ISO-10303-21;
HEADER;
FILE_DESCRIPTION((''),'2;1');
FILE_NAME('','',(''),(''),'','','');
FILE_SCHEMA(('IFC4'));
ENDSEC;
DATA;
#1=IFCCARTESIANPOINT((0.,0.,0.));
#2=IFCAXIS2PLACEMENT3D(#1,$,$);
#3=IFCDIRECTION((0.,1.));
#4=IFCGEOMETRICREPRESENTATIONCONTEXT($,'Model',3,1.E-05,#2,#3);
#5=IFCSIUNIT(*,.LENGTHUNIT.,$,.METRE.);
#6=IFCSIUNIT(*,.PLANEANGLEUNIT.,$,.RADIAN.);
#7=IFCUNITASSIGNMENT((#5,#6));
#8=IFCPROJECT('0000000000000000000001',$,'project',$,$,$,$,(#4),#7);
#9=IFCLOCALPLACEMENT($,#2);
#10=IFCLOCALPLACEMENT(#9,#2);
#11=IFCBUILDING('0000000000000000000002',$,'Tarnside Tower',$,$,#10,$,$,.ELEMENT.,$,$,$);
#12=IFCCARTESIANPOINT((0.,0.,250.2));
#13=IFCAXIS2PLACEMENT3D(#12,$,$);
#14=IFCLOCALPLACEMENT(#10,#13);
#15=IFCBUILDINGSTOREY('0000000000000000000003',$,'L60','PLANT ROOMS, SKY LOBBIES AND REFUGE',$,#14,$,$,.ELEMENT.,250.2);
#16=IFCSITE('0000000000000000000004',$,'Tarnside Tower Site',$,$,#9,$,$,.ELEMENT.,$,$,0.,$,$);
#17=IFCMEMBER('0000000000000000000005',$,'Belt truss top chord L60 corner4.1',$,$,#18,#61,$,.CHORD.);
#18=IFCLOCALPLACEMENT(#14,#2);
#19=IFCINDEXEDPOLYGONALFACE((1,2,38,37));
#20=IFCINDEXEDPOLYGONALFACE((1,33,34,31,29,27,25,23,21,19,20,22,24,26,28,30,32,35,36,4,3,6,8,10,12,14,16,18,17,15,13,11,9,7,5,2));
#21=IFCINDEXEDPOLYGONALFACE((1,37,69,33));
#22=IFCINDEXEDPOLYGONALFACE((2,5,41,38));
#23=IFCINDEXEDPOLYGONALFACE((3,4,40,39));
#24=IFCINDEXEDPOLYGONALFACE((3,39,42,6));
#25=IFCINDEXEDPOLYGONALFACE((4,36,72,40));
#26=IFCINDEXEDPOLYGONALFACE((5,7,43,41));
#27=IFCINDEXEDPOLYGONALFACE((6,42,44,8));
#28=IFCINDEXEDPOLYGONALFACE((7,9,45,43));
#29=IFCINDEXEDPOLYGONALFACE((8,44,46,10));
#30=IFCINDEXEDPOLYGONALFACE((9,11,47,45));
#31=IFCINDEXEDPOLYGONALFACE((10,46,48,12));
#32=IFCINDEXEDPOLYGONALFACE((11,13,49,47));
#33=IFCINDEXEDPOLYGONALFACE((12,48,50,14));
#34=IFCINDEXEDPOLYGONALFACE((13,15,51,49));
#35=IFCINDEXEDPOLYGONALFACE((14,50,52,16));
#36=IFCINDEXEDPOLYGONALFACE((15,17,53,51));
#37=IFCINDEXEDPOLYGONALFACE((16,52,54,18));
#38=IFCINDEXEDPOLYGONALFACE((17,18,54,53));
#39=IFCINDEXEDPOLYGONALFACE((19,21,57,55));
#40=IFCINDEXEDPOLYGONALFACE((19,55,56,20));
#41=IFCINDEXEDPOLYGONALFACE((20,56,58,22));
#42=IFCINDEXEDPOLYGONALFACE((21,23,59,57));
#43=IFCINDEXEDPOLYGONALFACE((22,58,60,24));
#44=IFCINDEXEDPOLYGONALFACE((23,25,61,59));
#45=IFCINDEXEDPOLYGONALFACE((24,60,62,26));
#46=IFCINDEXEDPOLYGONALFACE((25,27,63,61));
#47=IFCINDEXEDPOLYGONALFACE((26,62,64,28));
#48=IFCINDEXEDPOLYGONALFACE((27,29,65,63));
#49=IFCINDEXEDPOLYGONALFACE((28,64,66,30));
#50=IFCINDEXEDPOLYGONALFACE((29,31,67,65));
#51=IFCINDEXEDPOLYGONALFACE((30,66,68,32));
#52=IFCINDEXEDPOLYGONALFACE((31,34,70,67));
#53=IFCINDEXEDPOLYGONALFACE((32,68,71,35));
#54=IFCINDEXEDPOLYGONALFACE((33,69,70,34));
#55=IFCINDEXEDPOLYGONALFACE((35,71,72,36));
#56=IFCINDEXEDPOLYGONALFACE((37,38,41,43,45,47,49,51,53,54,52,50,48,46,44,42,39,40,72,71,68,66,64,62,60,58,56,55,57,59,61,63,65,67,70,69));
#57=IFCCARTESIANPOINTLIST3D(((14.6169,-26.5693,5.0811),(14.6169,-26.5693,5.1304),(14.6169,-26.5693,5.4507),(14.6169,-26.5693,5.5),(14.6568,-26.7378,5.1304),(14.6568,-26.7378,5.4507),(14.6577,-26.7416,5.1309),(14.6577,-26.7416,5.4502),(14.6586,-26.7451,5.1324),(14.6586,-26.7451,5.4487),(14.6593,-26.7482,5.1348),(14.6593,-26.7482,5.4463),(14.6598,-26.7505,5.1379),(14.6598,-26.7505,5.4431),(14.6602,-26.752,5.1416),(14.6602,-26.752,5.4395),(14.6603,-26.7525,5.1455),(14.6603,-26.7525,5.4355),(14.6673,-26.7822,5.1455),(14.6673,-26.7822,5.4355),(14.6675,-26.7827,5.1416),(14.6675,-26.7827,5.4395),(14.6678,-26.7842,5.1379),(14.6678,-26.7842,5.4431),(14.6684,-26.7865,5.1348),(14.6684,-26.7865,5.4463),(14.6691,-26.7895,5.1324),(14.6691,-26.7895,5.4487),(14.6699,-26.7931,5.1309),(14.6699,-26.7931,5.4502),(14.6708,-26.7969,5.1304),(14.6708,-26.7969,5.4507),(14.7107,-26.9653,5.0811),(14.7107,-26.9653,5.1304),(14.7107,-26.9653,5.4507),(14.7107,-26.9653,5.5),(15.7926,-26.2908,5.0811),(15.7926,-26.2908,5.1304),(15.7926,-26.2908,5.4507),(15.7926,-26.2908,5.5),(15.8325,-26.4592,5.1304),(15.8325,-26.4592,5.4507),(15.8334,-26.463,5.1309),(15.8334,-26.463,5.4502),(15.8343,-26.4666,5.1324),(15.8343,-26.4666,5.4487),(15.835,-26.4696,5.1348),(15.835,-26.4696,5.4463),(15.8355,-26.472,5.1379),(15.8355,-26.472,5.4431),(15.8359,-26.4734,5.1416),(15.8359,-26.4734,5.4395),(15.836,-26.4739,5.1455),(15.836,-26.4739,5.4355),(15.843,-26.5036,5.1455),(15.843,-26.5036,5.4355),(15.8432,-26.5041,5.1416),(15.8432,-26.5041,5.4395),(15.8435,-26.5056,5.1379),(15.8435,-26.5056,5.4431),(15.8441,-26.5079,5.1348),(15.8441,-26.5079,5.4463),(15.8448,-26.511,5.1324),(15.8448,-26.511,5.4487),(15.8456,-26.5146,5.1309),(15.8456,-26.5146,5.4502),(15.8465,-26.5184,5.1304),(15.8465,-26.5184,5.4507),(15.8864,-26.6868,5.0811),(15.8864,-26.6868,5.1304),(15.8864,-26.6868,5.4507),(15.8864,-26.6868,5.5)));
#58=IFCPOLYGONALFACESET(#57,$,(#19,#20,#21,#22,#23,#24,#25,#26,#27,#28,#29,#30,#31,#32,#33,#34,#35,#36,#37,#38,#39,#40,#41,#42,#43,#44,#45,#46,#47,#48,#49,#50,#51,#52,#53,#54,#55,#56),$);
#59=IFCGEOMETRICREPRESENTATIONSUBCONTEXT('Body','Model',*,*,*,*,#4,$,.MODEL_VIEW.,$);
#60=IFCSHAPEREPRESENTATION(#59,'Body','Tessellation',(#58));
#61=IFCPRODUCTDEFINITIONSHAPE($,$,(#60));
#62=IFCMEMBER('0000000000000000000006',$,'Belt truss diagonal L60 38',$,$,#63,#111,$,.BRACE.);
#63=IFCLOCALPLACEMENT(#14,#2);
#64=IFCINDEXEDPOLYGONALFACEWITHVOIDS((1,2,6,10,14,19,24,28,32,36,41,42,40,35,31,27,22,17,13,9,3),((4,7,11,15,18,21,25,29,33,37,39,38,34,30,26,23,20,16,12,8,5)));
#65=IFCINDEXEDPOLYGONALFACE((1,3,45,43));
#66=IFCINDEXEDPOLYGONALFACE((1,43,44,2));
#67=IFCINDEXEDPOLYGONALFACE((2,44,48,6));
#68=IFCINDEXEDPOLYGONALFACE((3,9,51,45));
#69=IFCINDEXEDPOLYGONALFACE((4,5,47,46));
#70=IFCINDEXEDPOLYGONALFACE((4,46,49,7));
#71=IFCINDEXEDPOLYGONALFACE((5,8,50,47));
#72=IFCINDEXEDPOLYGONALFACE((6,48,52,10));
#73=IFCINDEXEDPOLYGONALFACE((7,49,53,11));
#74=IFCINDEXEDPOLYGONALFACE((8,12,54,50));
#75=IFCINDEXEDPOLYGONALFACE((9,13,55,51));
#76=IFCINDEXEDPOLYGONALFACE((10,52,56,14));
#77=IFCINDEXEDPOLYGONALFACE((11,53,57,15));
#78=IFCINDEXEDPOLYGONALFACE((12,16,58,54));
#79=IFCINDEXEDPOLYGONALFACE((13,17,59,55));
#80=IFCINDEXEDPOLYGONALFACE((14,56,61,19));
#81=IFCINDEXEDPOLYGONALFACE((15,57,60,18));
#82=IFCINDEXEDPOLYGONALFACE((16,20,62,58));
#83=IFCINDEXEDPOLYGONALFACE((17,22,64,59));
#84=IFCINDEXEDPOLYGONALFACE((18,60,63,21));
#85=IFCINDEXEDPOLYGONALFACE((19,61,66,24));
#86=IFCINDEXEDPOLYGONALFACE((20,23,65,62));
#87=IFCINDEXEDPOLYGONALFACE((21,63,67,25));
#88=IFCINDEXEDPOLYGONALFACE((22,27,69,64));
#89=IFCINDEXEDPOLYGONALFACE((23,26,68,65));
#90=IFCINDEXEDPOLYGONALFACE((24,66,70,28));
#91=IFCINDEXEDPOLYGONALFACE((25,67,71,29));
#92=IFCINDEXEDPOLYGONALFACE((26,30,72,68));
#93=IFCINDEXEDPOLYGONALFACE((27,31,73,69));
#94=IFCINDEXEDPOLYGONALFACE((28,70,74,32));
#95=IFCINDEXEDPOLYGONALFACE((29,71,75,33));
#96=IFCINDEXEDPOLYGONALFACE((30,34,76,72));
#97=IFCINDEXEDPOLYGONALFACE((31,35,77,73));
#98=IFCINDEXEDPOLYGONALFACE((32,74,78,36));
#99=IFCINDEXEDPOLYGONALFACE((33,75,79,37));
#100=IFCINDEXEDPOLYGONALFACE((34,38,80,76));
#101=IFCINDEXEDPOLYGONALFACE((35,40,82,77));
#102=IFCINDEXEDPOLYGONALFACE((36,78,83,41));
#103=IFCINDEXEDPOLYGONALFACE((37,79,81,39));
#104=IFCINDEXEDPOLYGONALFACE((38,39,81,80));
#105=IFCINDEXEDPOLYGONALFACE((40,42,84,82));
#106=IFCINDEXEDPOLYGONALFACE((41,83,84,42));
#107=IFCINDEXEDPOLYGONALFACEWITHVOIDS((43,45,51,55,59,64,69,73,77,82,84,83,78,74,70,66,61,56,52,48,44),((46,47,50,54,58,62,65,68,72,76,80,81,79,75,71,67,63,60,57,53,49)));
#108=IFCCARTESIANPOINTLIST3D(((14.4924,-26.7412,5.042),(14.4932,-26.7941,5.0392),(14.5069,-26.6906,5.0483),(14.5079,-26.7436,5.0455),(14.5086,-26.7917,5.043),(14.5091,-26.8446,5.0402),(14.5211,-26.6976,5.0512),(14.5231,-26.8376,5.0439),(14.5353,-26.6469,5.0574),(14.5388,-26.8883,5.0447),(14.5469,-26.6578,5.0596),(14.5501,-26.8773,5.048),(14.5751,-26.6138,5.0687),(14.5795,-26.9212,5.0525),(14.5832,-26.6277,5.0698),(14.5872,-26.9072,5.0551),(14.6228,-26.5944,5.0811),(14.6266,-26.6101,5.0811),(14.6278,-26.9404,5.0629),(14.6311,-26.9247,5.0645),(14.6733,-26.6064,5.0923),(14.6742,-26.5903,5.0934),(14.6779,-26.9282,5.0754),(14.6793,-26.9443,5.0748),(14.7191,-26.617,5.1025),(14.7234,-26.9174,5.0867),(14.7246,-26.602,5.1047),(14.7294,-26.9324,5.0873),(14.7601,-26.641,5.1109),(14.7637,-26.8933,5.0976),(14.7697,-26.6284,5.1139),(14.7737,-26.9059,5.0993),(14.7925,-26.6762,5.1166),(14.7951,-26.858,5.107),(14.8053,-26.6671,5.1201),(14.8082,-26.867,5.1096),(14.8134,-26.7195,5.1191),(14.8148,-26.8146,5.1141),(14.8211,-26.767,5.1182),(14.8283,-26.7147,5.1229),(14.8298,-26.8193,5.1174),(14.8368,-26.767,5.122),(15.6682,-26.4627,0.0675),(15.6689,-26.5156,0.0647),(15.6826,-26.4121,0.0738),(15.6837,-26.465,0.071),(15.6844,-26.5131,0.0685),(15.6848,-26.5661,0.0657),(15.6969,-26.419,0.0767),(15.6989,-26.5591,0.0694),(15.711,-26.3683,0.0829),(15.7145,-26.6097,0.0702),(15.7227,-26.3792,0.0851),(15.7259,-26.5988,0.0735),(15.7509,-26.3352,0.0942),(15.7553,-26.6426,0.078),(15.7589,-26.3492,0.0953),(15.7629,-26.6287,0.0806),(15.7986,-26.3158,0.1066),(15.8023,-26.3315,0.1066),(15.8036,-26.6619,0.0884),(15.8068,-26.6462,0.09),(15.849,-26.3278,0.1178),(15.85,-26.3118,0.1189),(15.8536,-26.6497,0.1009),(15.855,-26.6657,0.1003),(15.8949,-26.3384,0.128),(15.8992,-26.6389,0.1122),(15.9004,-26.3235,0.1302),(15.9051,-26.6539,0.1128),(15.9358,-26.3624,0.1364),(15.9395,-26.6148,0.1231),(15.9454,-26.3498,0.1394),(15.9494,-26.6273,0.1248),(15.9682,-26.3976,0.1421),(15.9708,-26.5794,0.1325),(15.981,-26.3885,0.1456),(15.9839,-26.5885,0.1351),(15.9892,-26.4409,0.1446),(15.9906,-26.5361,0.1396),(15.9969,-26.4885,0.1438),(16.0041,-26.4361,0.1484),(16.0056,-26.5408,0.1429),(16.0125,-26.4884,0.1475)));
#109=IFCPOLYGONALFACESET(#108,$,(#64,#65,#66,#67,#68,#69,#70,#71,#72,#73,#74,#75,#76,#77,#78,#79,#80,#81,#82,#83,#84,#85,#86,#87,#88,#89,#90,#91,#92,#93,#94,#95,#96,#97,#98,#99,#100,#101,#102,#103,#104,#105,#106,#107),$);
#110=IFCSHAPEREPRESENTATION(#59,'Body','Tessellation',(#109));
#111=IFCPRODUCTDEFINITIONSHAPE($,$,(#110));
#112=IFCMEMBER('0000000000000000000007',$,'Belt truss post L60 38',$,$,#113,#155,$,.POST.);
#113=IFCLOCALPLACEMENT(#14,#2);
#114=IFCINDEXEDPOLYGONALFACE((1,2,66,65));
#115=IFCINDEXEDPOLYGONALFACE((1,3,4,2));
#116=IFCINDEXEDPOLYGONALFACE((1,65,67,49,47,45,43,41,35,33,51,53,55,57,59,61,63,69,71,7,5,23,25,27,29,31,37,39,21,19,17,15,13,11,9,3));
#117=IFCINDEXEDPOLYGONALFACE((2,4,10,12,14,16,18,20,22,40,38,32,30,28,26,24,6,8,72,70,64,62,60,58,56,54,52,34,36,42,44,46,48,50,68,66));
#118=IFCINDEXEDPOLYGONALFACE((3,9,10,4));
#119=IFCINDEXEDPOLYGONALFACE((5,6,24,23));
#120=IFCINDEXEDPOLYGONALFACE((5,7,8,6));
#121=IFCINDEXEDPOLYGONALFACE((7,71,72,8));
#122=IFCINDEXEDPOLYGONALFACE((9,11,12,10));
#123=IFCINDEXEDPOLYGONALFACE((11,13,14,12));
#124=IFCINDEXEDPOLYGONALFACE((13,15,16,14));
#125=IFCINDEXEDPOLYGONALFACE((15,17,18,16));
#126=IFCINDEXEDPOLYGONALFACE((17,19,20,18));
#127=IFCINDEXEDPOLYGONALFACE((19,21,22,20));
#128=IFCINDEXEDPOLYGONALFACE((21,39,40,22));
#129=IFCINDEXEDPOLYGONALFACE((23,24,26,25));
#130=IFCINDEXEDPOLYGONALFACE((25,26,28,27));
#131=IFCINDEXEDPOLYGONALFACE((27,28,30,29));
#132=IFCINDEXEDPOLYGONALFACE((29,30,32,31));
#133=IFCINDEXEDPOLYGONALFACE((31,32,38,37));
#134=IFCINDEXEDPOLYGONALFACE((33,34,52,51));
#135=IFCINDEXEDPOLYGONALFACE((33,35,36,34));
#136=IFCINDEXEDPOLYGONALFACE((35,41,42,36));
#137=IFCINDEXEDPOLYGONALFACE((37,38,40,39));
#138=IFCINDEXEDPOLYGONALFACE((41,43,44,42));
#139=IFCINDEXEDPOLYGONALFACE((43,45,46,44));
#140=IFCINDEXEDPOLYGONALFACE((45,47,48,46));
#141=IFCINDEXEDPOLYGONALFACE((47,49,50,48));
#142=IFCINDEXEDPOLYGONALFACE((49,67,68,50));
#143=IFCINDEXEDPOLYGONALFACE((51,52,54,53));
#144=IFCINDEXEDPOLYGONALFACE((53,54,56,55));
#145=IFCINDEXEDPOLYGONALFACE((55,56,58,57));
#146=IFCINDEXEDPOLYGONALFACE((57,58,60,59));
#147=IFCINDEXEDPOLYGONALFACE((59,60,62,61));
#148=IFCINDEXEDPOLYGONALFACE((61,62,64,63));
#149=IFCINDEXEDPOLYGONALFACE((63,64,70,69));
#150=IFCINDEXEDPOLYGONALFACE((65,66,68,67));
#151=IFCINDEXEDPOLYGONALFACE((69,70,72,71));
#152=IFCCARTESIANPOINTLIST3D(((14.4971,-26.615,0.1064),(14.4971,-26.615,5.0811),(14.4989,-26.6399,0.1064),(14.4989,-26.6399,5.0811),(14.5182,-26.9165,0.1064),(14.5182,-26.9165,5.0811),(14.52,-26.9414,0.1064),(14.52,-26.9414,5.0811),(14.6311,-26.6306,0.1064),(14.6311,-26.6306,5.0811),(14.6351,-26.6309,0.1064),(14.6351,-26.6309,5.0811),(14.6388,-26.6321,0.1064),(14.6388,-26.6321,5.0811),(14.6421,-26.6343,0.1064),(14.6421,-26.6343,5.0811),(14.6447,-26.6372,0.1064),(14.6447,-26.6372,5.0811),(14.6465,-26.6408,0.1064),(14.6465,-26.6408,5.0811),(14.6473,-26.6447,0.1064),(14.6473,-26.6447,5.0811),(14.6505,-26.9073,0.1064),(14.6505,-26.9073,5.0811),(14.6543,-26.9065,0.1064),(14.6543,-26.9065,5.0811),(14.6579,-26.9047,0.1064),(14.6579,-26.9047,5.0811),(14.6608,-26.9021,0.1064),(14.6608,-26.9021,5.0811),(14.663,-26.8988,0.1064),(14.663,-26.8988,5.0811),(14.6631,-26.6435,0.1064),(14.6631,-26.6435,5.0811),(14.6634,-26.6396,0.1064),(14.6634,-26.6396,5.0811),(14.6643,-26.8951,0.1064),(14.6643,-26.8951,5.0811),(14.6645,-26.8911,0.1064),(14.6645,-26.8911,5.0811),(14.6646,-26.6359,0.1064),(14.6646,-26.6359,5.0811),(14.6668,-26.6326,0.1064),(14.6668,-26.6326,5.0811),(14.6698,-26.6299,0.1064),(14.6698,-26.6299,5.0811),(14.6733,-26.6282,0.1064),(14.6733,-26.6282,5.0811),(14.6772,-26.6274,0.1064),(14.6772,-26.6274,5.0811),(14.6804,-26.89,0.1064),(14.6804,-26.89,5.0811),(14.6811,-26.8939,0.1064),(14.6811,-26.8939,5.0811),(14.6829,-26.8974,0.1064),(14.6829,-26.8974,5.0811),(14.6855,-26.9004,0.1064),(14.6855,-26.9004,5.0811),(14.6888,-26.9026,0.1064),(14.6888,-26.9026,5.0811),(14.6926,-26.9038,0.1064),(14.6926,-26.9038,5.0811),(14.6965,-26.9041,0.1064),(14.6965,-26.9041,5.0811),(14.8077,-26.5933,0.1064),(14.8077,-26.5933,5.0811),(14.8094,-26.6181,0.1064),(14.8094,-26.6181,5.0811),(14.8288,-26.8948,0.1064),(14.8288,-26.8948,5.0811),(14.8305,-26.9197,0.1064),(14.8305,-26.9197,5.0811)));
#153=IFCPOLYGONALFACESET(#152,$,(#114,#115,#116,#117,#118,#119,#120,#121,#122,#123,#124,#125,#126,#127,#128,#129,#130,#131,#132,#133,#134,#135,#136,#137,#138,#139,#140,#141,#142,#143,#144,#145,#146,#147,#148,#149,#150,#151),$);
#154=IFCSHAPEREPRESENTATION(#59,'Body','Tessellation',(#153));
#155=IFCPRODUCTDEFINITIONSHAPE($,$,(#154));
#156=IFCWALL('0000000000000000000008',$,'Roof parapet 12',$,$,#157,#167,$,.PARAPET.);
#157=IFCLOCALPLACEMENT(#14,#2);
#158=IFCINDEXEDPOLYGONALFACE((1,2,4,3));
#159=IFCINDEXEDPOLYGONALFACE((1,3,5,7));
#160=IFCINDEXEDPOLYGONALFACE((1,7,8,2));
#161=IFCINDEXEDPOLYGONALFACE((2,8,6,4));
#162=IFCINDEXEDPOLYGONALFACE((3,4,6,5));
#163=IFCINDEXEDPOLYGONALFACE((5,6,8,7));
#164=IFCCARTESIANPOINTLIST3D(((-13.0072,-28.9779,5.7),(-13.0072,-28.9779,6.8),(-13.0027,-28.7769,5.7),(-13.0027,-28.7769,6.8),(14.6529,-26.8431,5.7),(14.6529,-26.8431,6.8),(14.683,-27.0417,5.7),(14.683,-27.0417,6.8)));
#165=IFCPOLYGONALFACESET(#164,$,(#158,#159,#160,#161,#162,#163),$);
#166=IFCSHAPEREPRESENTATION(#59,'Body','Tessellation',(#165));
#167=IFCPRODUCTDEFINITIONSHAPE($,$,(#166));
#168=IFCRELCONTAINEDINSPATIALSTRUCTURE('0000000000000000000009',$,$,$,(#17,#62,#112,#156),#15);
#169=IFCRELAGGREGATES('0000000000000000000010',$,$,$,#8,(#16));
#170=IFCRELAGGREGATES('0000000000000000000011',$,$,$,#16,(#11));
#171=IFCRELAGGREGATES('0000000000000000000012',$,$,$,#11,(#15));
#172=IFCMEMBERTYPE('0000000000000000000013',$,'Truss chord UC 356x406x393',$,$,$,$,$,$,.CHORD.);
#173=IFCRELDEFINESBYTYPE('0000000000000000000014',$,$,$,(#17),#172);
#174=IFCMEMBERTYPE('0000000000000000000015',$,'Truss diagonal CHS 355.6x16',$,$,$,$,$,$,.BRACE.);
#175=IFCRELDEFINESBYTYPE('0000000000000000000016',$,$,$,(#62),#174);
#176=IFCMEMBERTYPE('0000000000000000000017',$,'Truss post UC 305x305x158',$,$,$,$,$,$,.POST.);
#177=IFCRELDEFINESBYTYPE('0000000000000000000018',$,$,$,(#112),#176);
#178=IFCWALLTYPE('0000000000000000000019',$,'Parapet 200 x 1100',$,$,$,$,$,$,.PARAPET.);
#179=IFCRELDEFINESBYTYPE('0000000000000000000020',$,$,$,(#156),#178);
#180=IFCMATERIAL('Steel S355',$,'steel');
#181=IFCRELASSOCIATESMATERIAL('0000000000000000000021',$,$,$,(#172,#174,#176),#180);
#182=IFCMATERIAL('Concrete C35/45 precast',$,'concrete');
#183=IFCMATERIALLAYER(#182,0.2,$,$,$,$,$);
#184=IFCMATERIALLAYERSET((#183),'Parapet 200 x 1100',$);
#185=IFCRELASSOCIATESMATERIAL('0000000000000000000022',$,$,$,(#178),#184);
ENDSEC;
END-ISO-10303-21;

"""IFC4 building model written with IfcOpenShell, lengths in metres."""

from ifc_helpers import new_model, si_unit, direction, frame, origin, origin_2d, place, context, subcontext, project, spatial, polyline, hollow_circle, i_section, outline, extrude, material, layer, layer_set, material_profile, profile_set, type_object, element, save


model = new_model("IFC4")

# Units and contexts
model_context = context("Model", 3, precision=1e-05, world=origin(), true_north=direction((0.0, 1.0)))
body_context = subcontext(model_context, "Body", "Model", "MODEL_VIEW")
ifc_project = project(units=[si_unit("LENGTHUNIT", "METRE"), si_unit("PLANEANGLEUNIT", "RADIAN")], contexts=[model_context])

# Site, building, storey
site_placement = place(None, origin())
site = spatial("IfcSite", under=ifc_project, at=site_placement, Name="Tarnside Tower Site", CompositionType="ELEMENT", RefElevation=0.0)
building_placement = place(site_placement, origin())
building = spatial("IfcBuilding", under=site, at=building_placement, Name="Tarnside Tower", CompositionType="ELEMENT")
storey_placement = place(building_placement, frame((0.0, 0.0, 250.2)))
storey = spatial("IfcBuildingStorey", under=building, at=storey_placement, Name="L60", Description="PLANT ROOMS, SKY LOBBIES AND REFUGE", CompositionType="ELEMENT", Elevation=250.2)

# Shared definitions
ifc_material_1 = material(Name="Steel S355", Category="steel")

# Members
ifc_material_profile_1 = material_profile(ifc_material_1, i_section(OverallWidth=0.407, OverallDepth=0.4189, WebThickness=0.0305, FlangeThickness=0.0493, FilletRadius=0.0151, at=origin_2d()), Name="UC 356x406x393")
ifc_profile_set_1 = profile_set([ifc_material_profile_1], Name="Steel S355")
member_type_1 = type_object("IfcMemberType", Name="Truss chord UC 356x406x393", PredefinedType="CHORD", material=ifc_profile_set_1)
member_1_placement = place(storey_placement, frame((14.6638, -26.7673, 5.2905), z_axis=(0.973064, 0.230537, 0.0), x_axis=(-0.230537, 0.973064, 0.0)))
element("IfcMember", 1, at=member_1_placement, inside=storey, type_object=member_type_1, Name="Belt truss top chord L60 corner4.1", PredefinedType="CHORD", context=body_context, shape_type="SweptSolid", body=[
    extrude(i_section(OverallWidth=0.407, OverallDepth=0.4189, WebThickness=0.0305, FlangeThickness=0.0493, FilletRadius=0.0151, at=origin_2d()), origin(), (0.0, 0.0, 1.0), 1.2083),
])
ifc_material_profile_2 = material_profile(ifc_material_1, hollow_circle(Radius=0.1777, WallThickness=0.0161, at=origin_2d()), Name="CHS 355.6x16")
ifc_profile_set_2 = profile_set([ifc_material_profile_2], Name="Steel S355")
member_type_2 = type_object("IfcMemberType", Name="Truss diagonal CHS 355.6x16", PredefinedType="BRACE", material=ifc_profile_set_2)
member_2_placement = place(storey_placement, frame((14.6638, -26.7673, 5.0811), z_axis=(0.229678, 0.054415, -0.971744), x_axis=(-0.230537, 0.973064, 0.0)))
element("IfcMember", 2, at=member_2_placement, inside=storey, type_object=member_type_2, Name="Belt truss diagonal L60 38", PredefinedType="BRACE", context=body_context, shape_type="SweptSolid", body=[
    extrude(hollow_circle(Radius=0.1777, WallThickness=0.0161, at=origin_2d()), origin(), (0.0, 0.0, 1.0), 5.1191),
])
ifc_material_profile_3 = material_profile(ifc_material_1, i_section(OverallWidth=0.3113, OverallDepth=0.3271, WebThickness=0.0159, FlangeThickness=0.0249, FilletRadius=0.0151, at=origin_2d()), Name="UC 305x305x158")
ifc_profile_set_3 = profile_set([ifc_material_profile_3], Name="Steel S355")
member_type_3 = type_object("IfcMemberType", Name="Truss post UC 305x305x158", PredefinedType="POST", material=ifc_profile_set_3)
member_3_placement = place(storey_placement, frame((14.6638, -26.7673, 0.1064), z_axis=(0.0, 0.0, 1.0), x_axis=(0.997564, 0.069756, 0.0)))
element("IfcMember", 3, at=member_3_placement, inside=storey, type_object=member_type_3, Name="Belt truss post L60 38", PredefinedType="POST", context=body_context, shape_type="SweptSolid", body=[
    extrude(i_section(OverallWidth=0.3113, OverallDepth=0.3271, WebThickness=0.0159, FlangeThickness=0.0249, FilletRadius=0.0151, at=origin_2d()), origin(), (0.0, 0.0, 1.0), 4.9746),
])

# Wall
ifc_material_2 = material(Name="Concrete C35/45 precast", Category="concrete")
ifc_layer_1 = layer(ifc_material_2, 0.2)
ifc_layer_set_1 = layer_set([ifc_layer_1], Name="Parapet 200 x 1100")
wall_type_1 = type_object("IfcWallType", Name="Parapet 200 x 1100", PredefinedType="PARAPET", material=ifc_layer_set_1)
wall_1_placement = place(storey_placement, frame((14.668, -26.9424, 5.7), z_axis=(0.0, 0.0, 1.0), x_axis=(-0.997564, -0.069756, 0.0)))
element("IfcWall", 4, at=wall_1_placement, inside=storey, type_object=wall_type_1, Name="Roof parapet 12", PredefinedType="PARAPET", context=body_context, shape_type="SweptSolid", body=[
    extrude(outline(polyline([(0.0081, -0.1001), (27.7312, -0.1001), (27.7498, 0.1001), (-0.0081, 0.1001), (0.0081, -0.1001)])), origin(), (0.0, 0.0, 1.0), 1.1001),
])

save(model, "model.ifc")
